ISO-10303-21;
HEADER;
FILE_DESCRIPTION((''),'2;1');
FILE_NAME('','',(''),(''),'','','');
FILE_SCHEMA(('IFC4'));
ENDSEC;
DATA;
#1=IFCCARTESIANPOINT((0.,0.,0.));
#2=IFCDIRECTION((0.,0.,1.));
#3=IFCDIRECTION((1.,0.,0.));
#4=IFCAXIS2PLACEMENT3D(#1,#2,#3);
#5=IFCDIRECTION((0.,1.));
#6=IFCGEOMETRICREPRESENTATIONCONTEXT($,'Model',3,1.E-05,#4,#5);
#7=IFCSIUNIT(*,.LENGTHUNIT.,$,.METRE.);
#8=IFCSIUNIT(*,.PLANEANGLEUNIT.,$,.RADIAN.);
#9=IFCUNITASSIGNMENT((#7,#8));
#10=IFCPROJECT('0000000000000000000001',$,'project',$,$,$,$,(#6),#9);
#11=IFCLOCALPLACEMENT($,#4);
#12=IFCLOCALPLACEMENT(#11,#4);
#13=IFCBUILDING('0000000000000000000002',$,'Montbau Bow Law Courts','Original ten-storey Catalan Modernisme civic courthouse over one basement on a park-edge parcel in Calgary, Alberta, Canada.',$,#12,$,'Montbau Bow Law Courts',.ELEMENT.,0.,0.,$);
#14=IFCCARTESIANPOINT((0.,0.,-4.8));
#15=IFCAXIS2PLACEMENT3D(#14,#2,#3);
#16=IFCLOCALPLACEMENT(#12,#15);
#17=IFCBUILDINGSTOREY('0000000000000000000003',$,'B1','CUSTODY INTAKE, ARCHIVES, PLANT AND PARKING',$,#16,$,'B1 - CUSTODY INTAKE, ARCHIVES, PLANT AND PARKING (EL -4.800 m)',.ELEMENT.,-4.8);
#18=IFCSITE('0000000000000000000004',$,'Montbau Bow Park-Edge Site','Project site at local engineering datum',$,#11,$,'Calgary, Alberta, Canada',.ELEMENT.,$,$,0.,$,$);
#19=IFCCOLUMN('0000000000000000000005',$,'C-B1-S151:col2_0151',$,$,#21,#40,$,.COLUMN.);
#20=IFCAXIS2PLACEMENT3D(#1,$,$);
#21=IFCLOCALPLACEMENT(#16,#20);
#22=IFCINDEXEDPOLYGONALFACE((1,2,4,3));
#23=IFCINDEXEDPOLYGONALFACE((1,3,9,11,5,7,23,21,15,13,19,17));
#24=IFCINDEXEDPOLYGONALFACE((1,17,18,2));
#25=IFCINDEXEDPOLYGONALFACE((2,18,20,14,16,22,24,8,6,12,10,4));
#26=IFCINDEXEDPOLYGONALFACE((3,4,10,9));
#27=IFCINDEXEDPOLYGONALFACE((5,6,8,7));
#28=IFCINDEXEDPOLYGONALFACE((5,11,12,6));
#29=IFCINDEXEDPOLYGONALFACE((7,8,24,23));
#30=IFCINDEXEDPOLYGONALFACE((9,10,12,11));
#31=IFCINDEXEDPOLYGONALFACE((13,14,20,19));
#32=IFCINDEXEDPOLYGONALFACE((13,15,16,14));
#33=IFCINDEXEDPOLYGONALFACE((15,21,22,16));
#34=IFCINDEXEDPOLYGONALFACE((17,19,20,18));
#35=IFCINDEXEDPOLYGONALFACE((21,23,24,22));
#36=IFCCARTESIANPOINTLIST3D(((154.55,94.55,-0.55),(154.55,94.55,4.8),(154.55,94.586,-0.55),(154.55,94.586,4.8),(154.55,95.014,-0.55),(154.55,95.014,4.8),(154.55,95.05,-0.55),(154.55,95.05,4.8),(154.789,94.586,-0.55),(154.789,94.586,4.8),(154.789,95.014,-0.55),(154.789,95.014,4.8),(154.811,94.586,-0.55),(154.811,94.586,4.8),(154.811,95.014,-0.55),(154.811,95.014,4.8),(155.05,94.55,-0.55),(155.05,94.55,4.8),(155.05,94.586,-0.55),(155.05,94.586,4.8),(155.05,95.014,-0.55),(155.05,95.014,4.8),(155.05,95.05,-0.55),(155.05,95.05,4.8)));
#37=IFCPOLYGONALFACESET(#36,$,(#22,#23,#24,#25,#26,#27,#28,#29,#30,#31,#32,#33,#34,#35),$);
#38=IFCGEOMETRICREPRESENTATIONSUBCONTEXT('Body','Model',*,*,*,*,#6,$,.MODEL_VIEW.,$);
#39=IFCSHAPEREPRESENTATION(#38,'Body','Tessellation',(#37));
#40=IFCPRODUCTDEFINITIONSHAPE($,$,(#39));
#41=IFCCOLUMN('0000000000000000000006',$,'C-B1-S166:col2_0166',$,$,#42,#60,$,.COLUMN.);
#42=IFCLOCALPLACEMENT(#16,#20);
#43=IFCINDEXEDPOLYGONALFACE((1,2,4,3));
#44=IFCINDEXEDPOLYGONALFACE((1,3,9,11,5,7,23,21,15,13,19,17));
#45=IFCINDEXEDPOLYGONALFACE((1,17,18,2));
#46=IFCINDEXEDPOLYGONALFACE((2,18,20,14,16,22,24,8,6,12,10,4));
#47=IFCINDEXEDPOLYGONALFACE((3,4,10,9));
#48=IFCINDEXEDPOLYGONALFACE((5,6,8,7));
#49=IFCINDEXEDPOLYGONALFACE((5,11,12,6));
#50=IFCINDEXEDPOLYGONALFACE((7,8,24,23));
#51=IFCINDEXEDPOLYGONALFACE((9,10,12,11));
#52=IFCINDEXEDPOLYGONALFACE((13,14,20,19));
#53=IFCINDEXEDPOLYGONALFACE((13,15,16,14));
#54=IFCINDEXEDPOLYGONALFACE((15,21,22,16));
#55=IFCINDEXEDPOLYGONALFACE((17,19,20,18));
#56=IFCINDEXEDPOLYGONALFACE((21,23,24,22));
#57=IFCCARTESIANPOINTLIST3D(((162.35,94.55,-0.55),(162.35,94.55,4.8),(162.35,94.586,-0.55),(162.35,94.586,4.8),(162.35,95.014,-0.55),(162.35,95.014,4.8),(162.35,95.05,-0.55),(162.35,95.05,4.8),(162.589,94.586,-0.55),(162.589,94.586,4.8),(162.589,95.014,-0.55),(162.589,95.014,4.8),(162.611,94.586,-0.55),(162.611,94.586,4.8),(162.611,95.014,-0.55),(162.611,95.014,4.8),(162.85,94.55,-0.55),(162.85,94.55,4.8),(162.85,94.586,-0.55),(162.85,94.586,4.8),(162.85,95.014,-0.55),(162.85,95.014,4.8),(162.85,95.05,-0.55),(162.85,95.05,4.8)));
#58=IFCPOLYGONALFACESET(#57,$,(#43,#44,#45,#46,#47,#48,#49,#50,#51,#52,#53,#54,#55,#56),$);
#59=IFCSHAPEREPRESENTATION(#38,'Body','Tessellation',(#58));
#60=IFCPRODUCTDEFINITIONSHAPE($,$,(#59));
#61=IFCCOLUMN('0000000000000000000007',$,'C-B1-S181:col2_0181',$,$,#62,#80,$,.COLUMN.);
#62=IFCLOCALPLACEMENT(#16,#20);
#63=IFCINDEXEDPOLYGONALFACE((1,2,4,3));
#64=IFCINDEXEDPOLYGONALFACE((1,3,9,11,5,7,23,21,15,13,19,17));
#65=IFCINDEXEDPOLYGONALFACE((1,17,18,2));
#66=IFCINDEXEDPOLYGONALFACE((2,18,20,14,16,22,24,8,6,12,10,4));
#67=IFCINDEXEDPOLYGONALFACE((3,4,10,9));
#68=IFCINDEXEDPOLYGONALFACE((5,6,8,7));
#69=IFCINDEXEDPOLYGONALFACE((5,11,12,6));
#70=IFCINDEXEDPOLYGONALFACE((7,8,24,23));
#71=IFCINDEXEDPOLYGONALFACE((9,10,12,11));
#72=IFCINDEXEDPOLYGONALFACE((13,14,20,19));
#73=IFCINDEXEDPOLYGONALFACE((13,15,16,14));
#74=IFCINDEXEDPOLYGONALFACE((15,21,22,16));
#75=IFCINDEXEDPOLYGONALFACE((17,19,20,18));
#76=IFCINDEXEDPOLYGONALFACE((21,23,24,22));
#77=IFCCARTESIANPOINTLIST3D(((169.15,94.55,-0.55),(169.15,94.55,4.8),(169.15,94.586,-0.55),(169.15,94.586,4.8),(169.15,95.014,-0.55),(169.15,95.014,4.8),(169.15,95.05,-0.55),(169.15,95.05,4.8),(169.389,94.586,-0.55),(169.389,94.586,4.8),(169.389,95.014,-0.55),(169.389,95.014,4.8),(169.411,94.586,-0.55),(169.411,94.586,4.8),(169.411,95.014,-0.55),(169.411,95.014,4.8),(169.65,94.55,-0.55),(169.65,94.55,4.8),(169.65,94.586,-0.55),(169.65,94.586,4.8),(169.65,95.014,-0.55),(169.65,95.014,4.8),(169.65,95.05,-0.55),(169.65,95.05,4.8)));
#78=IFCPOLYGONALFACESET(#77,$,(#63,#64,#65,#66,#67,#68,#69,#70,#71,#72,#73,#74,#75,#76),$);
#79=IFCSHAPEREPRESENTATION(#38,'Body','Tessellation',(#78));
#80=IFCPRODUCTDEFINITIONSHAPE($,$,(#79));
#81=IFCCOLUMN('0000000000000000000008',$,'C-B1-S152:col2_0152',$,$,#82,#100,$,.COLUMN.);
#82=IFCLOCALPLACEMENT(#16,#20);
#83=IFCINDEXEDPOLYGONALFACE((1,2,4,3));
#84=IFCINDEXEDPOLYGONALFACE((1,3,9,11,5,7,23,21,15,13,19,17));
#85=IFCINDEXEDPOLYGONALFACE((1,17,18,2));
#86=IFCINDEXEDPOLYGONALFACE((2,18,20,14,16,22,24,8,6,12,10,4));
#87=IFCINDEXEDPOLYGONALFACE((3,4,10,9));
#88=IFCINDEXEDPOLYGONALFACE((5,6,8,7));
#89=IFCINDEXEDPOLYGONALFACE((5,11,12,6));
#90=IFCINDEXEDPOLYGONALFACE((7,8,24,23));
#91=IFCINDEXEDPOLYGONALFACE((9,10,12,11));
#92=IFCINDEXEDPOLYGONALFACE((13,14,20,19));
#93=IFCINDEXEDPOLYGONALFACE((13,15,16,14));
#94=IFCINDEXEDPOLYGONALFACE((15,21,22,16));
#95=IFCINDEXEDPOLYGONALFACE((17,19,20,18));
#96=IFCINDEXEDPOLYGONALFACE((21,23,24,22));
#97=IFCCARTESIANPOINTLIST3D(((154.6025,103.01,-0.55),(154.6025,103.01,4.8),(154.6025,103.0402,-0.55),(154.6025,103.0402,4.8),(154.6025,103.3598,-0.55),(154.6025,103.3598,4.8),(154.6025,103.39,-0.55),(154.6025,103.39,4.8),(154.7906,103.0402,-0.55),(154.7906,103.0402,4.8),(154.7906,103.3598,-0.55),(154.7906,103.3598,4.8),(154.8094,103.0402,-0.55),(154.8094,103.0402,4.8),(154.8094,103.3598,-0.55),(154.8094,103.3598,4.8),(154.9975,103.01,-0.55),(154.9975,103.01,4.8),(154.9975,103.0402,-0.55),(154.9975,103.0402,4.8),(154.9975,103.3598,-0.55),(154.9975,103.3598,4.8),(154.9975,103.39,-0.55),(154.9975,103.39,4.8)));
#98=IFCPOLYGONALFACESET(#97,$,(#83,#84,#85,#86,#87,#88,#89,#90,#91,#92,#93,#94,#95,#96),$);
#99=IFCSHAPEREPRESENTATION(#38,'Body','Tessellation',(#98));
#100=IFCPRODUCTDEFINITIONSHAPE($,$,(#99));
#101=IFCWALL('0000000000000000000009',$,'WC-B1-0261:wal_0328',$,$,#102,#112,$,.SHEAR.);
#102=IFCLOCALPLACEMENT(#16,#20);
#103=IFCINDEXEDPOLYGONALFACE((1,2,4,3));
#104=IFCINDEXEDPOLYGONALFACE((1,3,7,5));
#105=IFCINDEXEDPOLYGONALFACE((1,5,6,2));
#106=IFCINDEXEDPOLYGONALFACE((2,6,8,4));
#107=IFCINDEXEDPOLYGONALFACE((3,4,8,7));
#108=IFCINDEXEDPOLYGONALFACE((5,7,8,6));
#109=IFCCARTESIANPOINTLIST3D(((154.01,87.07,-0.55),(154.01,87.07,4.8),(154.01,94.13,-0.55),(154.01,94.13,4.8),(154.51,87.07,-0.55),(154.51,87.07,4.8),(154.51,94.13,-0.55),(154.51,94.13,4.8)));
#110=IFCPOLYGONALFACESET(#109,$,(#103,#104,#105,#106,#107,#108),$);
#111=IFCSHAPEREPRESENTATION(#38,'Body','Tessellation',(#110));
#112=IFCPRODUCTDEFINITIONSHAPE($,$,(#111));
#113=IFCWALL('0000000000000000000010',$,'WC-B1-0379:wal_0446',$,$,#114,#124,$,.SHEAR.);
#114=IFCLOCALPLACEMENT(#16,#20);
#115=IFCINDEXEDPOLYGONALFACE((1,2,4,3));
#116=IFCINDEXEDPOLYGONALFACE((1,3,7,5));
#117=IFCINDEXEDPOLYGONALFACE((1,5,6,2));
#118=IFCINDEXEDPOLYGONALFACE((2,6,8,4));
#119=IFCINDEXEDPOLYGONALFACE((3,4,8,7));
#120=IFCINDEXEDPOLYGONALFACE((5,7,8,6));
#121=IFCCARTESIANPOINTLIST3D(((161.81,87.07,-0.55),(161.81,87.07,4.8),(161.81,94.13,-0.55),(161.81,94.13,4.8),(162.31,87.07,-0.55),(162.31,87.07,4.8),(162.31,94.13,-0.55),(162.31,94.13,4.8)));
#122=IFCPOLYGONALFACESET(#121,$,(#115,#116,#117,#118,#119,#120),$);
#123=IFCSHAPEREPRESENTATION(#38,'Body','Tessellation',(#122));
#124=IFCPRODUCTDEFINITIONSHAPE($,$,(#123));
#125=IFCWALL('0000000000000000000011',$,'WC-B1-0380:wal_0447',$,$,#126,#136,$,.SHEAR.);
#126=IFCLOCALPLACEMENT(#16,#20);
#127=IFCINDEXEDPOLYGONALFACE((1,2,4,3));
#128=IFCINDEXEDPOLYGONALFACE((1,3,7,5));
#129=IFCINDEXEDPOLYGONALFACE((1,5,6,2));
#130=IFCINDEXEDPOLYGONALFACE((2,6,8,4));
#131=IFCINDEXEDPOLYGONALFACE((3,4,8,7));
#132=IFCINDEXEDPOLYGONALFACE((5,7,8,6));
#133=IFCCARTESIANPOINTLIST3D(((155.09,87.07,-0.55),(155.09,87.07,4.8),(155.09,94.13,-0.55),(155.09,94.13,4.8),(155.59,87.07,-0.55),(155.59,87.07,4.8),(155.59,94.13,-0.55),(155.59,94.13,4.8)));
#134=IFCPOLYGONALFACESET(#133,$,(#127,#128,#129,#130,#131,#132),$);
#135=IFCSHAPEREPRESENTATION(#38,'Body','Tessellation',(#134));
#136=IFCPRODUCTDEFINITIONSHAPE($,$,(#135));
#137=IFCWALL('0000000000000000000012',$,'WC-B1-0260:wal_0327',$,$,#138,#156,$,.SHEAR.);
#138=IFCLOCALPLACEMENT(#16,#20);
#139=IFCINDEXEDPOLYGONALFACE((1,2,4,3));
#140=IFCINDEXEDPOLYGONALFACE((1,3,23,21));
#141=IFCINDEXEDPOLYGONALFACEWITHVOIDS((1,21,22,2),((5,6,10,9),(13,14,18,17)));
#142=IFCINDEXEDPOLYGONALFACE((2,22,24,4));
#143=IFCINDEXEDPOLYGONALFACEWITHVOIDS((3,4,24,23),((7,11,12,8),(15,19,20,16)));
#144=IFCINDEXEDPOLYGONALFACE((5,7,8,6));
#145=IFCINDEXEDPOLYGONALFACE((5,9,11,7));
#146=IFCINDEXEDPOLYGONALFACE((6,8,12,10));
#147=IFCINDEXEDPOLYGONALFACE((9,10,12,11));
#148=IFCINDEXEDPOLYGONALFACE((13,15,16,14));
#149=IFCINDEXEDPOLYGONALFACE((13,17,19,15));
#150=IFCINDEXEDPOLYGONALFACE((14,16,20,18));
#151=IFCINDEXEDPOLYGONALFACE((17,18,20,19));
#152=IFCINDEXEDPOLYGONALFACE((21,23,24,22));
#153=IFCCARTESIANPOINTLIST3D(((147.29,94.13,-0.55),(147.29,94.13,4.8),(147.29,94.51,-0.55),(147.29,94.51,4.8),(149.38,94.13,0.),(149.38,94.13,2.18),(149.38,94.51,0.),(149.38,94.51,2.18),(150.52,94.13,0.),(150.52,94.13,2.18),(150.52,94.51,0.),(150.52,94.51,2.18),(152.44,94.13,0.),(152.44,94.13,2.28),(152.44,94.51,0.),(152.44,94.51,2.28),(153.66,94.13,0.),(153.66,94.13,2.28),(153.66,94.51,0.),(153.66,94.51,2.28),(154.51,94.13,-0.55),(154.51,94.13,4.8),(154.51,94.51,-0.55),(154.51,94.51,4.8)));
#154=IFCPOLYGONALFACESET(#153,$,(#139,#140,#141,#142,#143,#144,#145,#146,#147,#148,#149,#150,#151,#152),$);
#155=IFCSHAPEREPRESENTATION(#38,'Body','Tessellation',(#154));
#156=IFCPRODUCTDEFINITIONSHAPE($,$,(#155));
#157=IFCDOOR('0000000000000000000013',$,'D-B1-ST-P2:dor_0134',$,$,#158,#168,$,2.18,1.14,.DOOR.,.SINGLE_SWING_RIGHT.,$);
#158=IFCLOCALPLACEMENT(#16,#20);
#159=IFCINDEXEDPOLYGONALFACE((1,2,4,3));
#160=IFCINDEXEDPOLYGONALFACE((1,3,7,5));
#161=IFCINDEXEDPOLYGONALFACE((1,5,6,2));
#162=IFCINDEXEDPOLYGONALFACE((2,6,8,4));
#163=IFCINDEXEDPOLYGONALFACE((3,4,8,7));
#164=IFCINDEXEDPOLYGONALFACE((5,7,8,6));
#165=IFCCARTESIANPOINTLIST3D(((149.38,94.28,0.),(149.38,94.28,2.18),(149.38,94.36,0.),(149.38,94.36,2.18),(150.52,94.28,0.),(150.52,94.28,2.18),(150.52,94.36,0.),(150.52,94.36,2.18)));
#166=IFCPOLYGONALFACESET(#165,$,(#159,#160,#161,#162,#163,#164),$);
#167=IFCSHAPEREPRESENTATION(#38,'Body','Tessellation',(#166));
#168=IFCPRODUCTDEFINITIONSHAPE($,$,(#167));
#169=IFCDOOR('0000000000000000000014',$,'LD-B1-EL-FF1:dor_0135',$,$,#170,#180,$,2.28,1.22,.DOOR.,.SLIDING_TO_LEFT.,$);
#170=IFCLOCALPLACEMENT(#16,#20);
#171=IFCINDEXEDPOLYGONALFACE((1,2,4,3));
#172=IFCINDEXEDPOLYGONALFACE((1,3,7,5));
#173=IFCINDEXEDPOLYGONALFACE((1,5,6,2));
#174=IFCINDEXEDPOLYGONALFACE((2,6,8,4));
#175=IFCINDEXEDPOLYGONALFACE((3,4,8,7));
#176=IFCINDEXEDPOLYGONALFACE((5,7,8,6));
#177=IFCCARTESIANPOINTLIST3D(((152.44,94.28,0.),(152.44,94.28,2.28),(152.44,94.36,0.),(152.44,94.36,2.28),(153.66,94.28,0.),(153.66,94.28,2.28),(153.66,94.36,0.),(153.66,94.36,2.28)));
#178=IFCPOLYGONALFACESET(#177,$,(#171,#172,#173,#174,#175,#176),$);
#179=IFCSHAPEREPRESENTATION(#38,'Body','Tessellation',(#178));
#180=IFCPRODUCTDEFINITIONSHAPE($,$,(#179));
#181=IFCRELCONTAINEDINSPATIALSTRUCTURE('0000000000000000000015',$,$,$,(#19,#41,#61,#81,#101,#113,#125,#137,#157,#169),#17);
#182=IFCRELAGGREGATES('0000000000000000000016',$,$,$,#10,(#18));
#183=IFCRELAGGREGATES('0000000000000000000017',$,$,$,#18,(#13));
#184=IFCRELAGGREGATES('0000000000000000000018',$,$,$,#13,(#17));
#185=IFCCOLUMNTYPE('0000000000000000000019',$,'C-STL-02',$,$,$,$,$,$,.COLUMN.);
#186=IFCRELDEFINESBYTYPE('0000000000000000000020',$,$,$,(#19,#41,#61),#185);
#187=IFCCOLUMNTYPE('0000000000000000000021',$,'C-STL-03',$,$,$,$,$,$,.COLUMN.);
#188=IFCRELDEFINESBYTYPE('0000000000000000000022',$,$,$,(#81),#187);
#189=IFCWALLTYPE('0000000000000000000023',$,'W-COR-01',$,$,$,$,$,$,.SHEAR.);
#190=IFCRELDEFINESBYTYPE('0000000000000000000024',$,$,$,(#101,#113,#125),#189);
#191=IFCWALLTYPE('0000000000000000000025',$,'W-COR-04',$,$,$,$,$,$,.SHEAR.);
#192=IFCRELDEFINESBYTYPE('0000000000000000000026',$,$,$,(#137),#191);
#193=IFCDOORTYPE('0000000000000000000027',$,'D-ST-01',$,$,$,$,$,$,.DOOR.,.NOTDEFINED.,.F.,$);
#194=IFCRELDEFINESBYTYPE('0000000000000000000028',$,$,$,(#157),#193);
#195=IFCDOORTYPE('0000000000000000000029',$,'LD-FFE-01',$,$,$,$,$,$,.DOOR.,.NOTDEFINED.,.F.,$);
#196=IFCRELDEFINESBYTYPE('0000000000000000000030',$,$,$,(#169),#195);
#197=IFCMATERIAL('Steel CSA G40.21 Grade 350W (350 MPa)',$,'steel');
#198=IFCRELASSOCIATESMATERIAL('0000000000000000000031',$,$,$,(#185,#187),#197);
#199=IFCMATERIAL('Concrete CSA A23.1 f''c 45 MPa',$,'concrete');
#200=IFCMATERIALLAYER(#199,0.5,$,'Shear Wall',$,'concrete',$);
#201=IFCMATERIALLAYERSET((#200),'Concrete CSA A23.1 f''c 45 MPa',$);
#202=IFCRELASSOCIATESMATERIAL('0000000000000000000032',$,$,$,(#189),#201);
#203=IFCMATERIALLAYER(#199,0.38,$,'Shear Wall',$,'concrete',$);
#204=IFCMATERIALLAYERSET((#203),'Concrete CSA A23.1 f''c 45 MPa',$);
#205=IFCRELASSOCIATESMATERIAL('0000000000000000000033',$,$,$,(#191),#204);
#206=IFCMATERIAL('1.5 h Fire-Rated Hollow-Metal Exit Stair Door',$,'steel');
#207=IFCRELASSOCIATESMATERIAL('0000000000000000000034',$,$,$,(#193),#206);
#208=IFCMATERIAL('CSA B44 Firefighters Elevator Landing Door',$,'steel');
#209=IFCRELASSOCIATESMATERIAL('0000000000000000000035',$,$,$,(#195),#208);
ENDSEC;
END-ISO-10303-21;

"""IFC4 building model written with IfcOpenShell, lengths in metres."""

from ifc_helpers import new_model, si_unit, direction, frame, frame_2d, origin_with_axes, origin_2d_with_axis, place, context, subcontext, project, spatial, rectangle, i_section, extrude, material, layer, layer_set, material_profile, profile_set, type_object, element, fill, save


model = new_model("IFC4")

# Units and contexts
model_context = context("Model", 3, precision=1e-05, world=origin_with_axes(), true_north=direction((0.0, 1.0)))
body_context = subcontext(model_context, "Body", "Model", "MODEL_VIEW")
ifc_project = project(units=[si_unit("LENGTHUNIT", "METRE"), si_unit("PLANEANGLEUNIT", "RADIAN")], contexts=[model_context])

# Site, building, storey
site_placement = place(None, origin_with_axes())
site = spatial("IfcSite", under=ifc_project, at=site_placement, Name="Montbau Bow Park-Edge Site", Description="Project site at local engineering datum", LongName="Calgary, Alberta, Canada", CompositionType="ELEMENT", RefElevation=0.0)
building_placement = place(site_placement, origin_with_axes())
building = spatial("IfcBuilding", under=site, at=building_placement, Name="Montbau Bow Law Courts", Description="Original ten-storey Catalan Modernisme civic courthouse over one basement on a park-edge parcel in Calgary, Alberta, Canada.", LongName="Montbau Bow Law Courts", CompositionType="ELEMENT", ElevationOfRefHeight=0.0, ElevationOfTerrain=0.0)
storey_placement = place(building_placement, frame((0.0, 0.0, -4.8), z_axis=(0.0, 0.0, 1.0), x_axis=(1.0, 0.0, 0.0)))
storey = spatial("IfcBuildingStorey", under=building, at=storey_placement, Name="B1", Description="CUSTODY INTAKE, ARCHIVES, PLANT AND PARKING", LongName="B1 - CUSTODY INTAKE, ARCHIVES, PLANT AND PARKING (EL -4.800 m)", CompositionType="ELEMENT", Elevation=-4.8)

# Columns
ifc_material_1 = material(Name="Steel CSA G40.21 Grade 350W (350 MPa)", Category="steel")
ifc_material_profile_1 = material_profile(ifc_material_1, i_section(OverallWidth=0.5, OverallDepth=0.5, WebThickness=0.022, FlangeThickness=0.036, at=origin_2d_with_axis()), Name="WWF500X343", Category="Main", Priority=0)
ifc_profile_set_1 = profile_set([ifc_material_profile_1], Name="Steel CSA G40.21 Grade 350W (350 MPa)")
column_type_1 = type_object("IfcColumnType", Name="C-STL-02", PredefinedType="COLUMN", material=ifc_profile_set_1)
for number, where, z_axis, x_axis, name in (
    (1, (154.8, 94.8, -5.35), (0.0, 0.0, 1.0), (1.0, 0.0, 0.0), "C-B1-S151:col2_0151"),
    (2, (162.6, 94.8, -5.35), (0.0, 0.0, 1.0), (1.0, 0.0, 0.0), "C-B1-S166:col2_0166"),
    (3, (169.4, 94.8, -5.35), (0.0, 0.0, 1.0), (1.0, 0.0, 0.0), "C-B1-S181:col2_0181"),
):
    element("IfcColumn", number, at=place(None, frame(where, z_axis=z_axis, x_axis=x_axis)), inside=storey, type_object=column_type_1, Name=name, PredefinedType="COLUMN", context=body_context, shape_type="SweptSolid", body=[
        extrude(i_section(OverallWidth=0.5, OverallDepth=0.5, WebThickness=0.022, FlangeThickness=0.036, at=origin_2d_with_axis()), origin_with_axes(), (0.0, 0.0, 1.0), 5.35),
    ])
ifc_material_profile_2 = material_profile(ifc_material_1, i_section(OverallWidth=0.395, OverallDepth=0.38, WebThickness=0.0189, FlangeThickness=0.0302, at=origin_2d_with_axis()), Name="W360X237", Category="Main", Priority=0)
ifc_profile_set_2 = profile_set([ifc_material_profile_2], Name="Steel CSA G40.21 Grade 350W (350 MPa)")
column_type_2 = type_object("IfcColumnType", Name="C-STL-03", PredefinedType="COLUMN", material=ifc_profile_set_2)
column_placement = place(None, frame((154.8, 103.2, -5.35), z_axis=(0.0, 0.0, 1.0), x_axis=(1.0, 0.0, 0.0)))
element("IfcColumn", 4, at=column_placement, inside=storey, type_object=column_type_2, Name="C-B1-S152:col2_0152", PredefinedType="COLUMN", context=body_context, shape_type="SweptSolid", body=[
    extrude(i_section(OverallWidth=0.395, OverallDepth=0.38, WebThickness=0.0189, FlangeThickness=0.0302, at=origin_2d_with_axis()), origin_with_axes(), (0.0, 0.0, 1.0), 5.35),
])

# Walls
ifc_material_2 = material(Name="Concrete CSA A23.1 f'c 45 MPa", Category="concrete")
ifc_layer_1 = layer(ifc_material_2, 0.5, Name="Shear Wall", Category="concrete")
ifc_layer_set_1 = layer_set([ifc_layer_1], Name="Concrete CSA A23.1 f'c 45 MPa")
wall_type_1 = type_object("IfcWallType", Name="W-COR-01", PredefinedType="SHEAR", material=ifc_layer_set_1)
for number, where, z_axis, x_axis, name in (
    (5, (154.26, 87.07, -5.35), (0.0, 0.0, 1.0), (0.0, 1.0, 0.0), "WC-B1-0261:wal_0328"),
    (6, (162.06, 87.07, -5.35), (0.0, 0.0, 1.0), (0.0, 1.0, 0.0), "WC-B1-0379:wal_0446"),
    (7, (155.34, 94.13, -5.35), (0.0, 0.0, 1.0), (0.0, -1.0, 0.0), "WC-B1-0380:wal_0447"),
):
    element("IfcWall", number, at=place(None, frame(where, z_axis=z_axis, x_axis=x_axis)), inside=storey, type_object=wall_type_1, Name=name, PredefinedType="SHEAR", context=body_context, shape_type="SweptSolid", body=[
        extrude(rectangle(XDim=7.06, YDim=0.5, at=frame_2d((3.53, 0.0), x_axis=(1.0, 0.0))), origin_with_axes(), (0.0, 0.0, 1.0), 5.35),
    ])

# Wall, openings, doors
ifc_layer_2 = layer(ifc_material_2, 0.38, Name="Shear Wall", Category="concrete")
ifc_layer_set_2 = layer_set([ifc_layer_2], Name="Concrete CSA A23.1 f'c 45 MPa")
wall_type_2 = type_object("IfcWallType", Name="W-COR-04", PredefinedType="SHEAR", material=ifc_layer_set_2)
wall_1_placement = place(None, frame((154.51, 94.32, -5.35), z_axis=(0.0, 0.0, 1.0), x_axis=(-1.0, 0.0, 0.0)))
wall_1 = element("IfcWall", 8, at=wall_1_placement, inside=storey, type_object=wall_type_2, Name="WC-B1-0260:wal_0327", PredefinedType="SHEAR", context=body_context, shape_type="SweptSolid", body=[
    extrude(rectangle(XDim=7.22, YDim=0.38, at=frame_2d((3.61, 0.0), x_axis=(1.0, 0.0))), origin_with_axes(), (0.0, 0.0, 1.0), 5.35),
])
opening_1_placement = place(None, frame((149.95, 94.32, -4.8), z_axis=(0.0, 0.0, 1.0), x_axis=(-1.0, 0.0, 0.0)))
opening_1 = element("IfcOpeningElement", 9, at=opening_1_placement, cuts=wall_1, PredefinedType="OPENING", context=body_context, shape_type="SweptSolid", body=[
    extrude(rectangle(XDim=1.14, YDim=2.18, at=frame_2d((0.0, 1.09), x_axis=(1.0, 0.0))), frame((0.0, 0.2, 0.0), z_axis=(0.0, -1.0, 0.0), x_axis=(1.0, 0.0, 0.0)), (0.0, 0.0, 1.0), 0.4),
])
opening_2_placement = place(None, frame((153.05, 94.32, -4.8), z_axis=(0.0, 0.0, 1.0), x_axis=(-1.0, 0.0, 0.0)))
opening_2 = element("IfcOpeningElement", 10, at=opening_2_placement, cuts=wall_1, PredefinedType="OPENING", context=body_context, shape_type="SweptSolid", body=[
    extrude(rectangle(XDim=1.22, YDim=2.28, at=frame_2d((0.0, 1.14), x_axis=(1.0, 0.0))), frame((0.0, 0.2, 0.0), z_axis=(0.0, -1.0, 0.0), x_axis=(1.0, 0.0, 0.0)), (0.0, 0.0, 1.0), 0.4),
])
ifc_material_3 = material(Name="1.5 h Fire-Rated Hollow-Metal Exit Stair Door", Category="steel")
door_type_1 = type_object("IfcDoorType", Name="D-ST-01", OperationType="NOTDEFINED", ParameterTakesPrecedence=False, PredefinedType="DOOR", material=ifc_material_3)
door_1_placement = place(None, frame((149.95, 94.32, -4.8), z_axis=(0.0, 0.0, 1.0), x_axis=(1.0, 0.0, 0.0)))
door_1 = element("IfcDoor", 11, at=door_1_placement, inside=storey, type_object=door_type_1, Name="D-B1-ST-P2:dor_0134", OperationType="SINGLE_SWING_RIGHT", OverallHeight=2.18, OverallWidth=1.14, PredefinedType="DOOR", context=body_context, shape_type="SweptSolid", body=[
    extrude(rectangle(XDim=1.14, YDim=2.18, at=frame_2d((0.0, 1.09), x_axis=(1.0, 0.0))), frame((0.0, 0.04, 0.0), z_axis=(0.0, -1.0, 0.0), x_axis=(1.0, 0.0, 0.0)), (0.0, 0.0, 1.0), 0.08),
])
fill(opening_1, door_1)
ifc_material_4 = material(Name="CSA B44 Firefighters Elevator Landing Door", Category="steel")
door_type_2 = type_object("IfcDoorType", Name="LD-FFE-01", OperationType="NOTDEFINED", ParameterTakesPrecedence=False, PredefinedType="DOOR", material=ifc_material_4)
door_2_placement = place(None, frame((153.05, 94.32, -4.8), z_axis=(0.0, 0.0, 1.0), x_axis=(1.0, 0.0, 0.0)))
door_2 = element("IfcDoor", 12, at=door_2_placement, inside=storey, type_object=door_type_2, Name="LD-B1-EL-FF1:dor_0135", OperationType="SLIDING_TO_LEFT", OverallHeight=2.28, OverallWidth=1.22, PredefinedType="DOOR", context=body_context, shape_type="SweptSolid", body=[
    extrude(rectangle(XDim=1.22, YDim=2.28, at=frame_2d((0.0, 1.14), x_axis=(1.0, 0.0))), frame((0.0, 0.04, 0.0), z_axis=(0.0, -1.0, 0.0), x_axis=(1.0, 0.0, 0.0)), (0.0, 0.0, 1.0), 0.08),
])
fill(opening_2, door_2)

save(model, "model.ifc")
